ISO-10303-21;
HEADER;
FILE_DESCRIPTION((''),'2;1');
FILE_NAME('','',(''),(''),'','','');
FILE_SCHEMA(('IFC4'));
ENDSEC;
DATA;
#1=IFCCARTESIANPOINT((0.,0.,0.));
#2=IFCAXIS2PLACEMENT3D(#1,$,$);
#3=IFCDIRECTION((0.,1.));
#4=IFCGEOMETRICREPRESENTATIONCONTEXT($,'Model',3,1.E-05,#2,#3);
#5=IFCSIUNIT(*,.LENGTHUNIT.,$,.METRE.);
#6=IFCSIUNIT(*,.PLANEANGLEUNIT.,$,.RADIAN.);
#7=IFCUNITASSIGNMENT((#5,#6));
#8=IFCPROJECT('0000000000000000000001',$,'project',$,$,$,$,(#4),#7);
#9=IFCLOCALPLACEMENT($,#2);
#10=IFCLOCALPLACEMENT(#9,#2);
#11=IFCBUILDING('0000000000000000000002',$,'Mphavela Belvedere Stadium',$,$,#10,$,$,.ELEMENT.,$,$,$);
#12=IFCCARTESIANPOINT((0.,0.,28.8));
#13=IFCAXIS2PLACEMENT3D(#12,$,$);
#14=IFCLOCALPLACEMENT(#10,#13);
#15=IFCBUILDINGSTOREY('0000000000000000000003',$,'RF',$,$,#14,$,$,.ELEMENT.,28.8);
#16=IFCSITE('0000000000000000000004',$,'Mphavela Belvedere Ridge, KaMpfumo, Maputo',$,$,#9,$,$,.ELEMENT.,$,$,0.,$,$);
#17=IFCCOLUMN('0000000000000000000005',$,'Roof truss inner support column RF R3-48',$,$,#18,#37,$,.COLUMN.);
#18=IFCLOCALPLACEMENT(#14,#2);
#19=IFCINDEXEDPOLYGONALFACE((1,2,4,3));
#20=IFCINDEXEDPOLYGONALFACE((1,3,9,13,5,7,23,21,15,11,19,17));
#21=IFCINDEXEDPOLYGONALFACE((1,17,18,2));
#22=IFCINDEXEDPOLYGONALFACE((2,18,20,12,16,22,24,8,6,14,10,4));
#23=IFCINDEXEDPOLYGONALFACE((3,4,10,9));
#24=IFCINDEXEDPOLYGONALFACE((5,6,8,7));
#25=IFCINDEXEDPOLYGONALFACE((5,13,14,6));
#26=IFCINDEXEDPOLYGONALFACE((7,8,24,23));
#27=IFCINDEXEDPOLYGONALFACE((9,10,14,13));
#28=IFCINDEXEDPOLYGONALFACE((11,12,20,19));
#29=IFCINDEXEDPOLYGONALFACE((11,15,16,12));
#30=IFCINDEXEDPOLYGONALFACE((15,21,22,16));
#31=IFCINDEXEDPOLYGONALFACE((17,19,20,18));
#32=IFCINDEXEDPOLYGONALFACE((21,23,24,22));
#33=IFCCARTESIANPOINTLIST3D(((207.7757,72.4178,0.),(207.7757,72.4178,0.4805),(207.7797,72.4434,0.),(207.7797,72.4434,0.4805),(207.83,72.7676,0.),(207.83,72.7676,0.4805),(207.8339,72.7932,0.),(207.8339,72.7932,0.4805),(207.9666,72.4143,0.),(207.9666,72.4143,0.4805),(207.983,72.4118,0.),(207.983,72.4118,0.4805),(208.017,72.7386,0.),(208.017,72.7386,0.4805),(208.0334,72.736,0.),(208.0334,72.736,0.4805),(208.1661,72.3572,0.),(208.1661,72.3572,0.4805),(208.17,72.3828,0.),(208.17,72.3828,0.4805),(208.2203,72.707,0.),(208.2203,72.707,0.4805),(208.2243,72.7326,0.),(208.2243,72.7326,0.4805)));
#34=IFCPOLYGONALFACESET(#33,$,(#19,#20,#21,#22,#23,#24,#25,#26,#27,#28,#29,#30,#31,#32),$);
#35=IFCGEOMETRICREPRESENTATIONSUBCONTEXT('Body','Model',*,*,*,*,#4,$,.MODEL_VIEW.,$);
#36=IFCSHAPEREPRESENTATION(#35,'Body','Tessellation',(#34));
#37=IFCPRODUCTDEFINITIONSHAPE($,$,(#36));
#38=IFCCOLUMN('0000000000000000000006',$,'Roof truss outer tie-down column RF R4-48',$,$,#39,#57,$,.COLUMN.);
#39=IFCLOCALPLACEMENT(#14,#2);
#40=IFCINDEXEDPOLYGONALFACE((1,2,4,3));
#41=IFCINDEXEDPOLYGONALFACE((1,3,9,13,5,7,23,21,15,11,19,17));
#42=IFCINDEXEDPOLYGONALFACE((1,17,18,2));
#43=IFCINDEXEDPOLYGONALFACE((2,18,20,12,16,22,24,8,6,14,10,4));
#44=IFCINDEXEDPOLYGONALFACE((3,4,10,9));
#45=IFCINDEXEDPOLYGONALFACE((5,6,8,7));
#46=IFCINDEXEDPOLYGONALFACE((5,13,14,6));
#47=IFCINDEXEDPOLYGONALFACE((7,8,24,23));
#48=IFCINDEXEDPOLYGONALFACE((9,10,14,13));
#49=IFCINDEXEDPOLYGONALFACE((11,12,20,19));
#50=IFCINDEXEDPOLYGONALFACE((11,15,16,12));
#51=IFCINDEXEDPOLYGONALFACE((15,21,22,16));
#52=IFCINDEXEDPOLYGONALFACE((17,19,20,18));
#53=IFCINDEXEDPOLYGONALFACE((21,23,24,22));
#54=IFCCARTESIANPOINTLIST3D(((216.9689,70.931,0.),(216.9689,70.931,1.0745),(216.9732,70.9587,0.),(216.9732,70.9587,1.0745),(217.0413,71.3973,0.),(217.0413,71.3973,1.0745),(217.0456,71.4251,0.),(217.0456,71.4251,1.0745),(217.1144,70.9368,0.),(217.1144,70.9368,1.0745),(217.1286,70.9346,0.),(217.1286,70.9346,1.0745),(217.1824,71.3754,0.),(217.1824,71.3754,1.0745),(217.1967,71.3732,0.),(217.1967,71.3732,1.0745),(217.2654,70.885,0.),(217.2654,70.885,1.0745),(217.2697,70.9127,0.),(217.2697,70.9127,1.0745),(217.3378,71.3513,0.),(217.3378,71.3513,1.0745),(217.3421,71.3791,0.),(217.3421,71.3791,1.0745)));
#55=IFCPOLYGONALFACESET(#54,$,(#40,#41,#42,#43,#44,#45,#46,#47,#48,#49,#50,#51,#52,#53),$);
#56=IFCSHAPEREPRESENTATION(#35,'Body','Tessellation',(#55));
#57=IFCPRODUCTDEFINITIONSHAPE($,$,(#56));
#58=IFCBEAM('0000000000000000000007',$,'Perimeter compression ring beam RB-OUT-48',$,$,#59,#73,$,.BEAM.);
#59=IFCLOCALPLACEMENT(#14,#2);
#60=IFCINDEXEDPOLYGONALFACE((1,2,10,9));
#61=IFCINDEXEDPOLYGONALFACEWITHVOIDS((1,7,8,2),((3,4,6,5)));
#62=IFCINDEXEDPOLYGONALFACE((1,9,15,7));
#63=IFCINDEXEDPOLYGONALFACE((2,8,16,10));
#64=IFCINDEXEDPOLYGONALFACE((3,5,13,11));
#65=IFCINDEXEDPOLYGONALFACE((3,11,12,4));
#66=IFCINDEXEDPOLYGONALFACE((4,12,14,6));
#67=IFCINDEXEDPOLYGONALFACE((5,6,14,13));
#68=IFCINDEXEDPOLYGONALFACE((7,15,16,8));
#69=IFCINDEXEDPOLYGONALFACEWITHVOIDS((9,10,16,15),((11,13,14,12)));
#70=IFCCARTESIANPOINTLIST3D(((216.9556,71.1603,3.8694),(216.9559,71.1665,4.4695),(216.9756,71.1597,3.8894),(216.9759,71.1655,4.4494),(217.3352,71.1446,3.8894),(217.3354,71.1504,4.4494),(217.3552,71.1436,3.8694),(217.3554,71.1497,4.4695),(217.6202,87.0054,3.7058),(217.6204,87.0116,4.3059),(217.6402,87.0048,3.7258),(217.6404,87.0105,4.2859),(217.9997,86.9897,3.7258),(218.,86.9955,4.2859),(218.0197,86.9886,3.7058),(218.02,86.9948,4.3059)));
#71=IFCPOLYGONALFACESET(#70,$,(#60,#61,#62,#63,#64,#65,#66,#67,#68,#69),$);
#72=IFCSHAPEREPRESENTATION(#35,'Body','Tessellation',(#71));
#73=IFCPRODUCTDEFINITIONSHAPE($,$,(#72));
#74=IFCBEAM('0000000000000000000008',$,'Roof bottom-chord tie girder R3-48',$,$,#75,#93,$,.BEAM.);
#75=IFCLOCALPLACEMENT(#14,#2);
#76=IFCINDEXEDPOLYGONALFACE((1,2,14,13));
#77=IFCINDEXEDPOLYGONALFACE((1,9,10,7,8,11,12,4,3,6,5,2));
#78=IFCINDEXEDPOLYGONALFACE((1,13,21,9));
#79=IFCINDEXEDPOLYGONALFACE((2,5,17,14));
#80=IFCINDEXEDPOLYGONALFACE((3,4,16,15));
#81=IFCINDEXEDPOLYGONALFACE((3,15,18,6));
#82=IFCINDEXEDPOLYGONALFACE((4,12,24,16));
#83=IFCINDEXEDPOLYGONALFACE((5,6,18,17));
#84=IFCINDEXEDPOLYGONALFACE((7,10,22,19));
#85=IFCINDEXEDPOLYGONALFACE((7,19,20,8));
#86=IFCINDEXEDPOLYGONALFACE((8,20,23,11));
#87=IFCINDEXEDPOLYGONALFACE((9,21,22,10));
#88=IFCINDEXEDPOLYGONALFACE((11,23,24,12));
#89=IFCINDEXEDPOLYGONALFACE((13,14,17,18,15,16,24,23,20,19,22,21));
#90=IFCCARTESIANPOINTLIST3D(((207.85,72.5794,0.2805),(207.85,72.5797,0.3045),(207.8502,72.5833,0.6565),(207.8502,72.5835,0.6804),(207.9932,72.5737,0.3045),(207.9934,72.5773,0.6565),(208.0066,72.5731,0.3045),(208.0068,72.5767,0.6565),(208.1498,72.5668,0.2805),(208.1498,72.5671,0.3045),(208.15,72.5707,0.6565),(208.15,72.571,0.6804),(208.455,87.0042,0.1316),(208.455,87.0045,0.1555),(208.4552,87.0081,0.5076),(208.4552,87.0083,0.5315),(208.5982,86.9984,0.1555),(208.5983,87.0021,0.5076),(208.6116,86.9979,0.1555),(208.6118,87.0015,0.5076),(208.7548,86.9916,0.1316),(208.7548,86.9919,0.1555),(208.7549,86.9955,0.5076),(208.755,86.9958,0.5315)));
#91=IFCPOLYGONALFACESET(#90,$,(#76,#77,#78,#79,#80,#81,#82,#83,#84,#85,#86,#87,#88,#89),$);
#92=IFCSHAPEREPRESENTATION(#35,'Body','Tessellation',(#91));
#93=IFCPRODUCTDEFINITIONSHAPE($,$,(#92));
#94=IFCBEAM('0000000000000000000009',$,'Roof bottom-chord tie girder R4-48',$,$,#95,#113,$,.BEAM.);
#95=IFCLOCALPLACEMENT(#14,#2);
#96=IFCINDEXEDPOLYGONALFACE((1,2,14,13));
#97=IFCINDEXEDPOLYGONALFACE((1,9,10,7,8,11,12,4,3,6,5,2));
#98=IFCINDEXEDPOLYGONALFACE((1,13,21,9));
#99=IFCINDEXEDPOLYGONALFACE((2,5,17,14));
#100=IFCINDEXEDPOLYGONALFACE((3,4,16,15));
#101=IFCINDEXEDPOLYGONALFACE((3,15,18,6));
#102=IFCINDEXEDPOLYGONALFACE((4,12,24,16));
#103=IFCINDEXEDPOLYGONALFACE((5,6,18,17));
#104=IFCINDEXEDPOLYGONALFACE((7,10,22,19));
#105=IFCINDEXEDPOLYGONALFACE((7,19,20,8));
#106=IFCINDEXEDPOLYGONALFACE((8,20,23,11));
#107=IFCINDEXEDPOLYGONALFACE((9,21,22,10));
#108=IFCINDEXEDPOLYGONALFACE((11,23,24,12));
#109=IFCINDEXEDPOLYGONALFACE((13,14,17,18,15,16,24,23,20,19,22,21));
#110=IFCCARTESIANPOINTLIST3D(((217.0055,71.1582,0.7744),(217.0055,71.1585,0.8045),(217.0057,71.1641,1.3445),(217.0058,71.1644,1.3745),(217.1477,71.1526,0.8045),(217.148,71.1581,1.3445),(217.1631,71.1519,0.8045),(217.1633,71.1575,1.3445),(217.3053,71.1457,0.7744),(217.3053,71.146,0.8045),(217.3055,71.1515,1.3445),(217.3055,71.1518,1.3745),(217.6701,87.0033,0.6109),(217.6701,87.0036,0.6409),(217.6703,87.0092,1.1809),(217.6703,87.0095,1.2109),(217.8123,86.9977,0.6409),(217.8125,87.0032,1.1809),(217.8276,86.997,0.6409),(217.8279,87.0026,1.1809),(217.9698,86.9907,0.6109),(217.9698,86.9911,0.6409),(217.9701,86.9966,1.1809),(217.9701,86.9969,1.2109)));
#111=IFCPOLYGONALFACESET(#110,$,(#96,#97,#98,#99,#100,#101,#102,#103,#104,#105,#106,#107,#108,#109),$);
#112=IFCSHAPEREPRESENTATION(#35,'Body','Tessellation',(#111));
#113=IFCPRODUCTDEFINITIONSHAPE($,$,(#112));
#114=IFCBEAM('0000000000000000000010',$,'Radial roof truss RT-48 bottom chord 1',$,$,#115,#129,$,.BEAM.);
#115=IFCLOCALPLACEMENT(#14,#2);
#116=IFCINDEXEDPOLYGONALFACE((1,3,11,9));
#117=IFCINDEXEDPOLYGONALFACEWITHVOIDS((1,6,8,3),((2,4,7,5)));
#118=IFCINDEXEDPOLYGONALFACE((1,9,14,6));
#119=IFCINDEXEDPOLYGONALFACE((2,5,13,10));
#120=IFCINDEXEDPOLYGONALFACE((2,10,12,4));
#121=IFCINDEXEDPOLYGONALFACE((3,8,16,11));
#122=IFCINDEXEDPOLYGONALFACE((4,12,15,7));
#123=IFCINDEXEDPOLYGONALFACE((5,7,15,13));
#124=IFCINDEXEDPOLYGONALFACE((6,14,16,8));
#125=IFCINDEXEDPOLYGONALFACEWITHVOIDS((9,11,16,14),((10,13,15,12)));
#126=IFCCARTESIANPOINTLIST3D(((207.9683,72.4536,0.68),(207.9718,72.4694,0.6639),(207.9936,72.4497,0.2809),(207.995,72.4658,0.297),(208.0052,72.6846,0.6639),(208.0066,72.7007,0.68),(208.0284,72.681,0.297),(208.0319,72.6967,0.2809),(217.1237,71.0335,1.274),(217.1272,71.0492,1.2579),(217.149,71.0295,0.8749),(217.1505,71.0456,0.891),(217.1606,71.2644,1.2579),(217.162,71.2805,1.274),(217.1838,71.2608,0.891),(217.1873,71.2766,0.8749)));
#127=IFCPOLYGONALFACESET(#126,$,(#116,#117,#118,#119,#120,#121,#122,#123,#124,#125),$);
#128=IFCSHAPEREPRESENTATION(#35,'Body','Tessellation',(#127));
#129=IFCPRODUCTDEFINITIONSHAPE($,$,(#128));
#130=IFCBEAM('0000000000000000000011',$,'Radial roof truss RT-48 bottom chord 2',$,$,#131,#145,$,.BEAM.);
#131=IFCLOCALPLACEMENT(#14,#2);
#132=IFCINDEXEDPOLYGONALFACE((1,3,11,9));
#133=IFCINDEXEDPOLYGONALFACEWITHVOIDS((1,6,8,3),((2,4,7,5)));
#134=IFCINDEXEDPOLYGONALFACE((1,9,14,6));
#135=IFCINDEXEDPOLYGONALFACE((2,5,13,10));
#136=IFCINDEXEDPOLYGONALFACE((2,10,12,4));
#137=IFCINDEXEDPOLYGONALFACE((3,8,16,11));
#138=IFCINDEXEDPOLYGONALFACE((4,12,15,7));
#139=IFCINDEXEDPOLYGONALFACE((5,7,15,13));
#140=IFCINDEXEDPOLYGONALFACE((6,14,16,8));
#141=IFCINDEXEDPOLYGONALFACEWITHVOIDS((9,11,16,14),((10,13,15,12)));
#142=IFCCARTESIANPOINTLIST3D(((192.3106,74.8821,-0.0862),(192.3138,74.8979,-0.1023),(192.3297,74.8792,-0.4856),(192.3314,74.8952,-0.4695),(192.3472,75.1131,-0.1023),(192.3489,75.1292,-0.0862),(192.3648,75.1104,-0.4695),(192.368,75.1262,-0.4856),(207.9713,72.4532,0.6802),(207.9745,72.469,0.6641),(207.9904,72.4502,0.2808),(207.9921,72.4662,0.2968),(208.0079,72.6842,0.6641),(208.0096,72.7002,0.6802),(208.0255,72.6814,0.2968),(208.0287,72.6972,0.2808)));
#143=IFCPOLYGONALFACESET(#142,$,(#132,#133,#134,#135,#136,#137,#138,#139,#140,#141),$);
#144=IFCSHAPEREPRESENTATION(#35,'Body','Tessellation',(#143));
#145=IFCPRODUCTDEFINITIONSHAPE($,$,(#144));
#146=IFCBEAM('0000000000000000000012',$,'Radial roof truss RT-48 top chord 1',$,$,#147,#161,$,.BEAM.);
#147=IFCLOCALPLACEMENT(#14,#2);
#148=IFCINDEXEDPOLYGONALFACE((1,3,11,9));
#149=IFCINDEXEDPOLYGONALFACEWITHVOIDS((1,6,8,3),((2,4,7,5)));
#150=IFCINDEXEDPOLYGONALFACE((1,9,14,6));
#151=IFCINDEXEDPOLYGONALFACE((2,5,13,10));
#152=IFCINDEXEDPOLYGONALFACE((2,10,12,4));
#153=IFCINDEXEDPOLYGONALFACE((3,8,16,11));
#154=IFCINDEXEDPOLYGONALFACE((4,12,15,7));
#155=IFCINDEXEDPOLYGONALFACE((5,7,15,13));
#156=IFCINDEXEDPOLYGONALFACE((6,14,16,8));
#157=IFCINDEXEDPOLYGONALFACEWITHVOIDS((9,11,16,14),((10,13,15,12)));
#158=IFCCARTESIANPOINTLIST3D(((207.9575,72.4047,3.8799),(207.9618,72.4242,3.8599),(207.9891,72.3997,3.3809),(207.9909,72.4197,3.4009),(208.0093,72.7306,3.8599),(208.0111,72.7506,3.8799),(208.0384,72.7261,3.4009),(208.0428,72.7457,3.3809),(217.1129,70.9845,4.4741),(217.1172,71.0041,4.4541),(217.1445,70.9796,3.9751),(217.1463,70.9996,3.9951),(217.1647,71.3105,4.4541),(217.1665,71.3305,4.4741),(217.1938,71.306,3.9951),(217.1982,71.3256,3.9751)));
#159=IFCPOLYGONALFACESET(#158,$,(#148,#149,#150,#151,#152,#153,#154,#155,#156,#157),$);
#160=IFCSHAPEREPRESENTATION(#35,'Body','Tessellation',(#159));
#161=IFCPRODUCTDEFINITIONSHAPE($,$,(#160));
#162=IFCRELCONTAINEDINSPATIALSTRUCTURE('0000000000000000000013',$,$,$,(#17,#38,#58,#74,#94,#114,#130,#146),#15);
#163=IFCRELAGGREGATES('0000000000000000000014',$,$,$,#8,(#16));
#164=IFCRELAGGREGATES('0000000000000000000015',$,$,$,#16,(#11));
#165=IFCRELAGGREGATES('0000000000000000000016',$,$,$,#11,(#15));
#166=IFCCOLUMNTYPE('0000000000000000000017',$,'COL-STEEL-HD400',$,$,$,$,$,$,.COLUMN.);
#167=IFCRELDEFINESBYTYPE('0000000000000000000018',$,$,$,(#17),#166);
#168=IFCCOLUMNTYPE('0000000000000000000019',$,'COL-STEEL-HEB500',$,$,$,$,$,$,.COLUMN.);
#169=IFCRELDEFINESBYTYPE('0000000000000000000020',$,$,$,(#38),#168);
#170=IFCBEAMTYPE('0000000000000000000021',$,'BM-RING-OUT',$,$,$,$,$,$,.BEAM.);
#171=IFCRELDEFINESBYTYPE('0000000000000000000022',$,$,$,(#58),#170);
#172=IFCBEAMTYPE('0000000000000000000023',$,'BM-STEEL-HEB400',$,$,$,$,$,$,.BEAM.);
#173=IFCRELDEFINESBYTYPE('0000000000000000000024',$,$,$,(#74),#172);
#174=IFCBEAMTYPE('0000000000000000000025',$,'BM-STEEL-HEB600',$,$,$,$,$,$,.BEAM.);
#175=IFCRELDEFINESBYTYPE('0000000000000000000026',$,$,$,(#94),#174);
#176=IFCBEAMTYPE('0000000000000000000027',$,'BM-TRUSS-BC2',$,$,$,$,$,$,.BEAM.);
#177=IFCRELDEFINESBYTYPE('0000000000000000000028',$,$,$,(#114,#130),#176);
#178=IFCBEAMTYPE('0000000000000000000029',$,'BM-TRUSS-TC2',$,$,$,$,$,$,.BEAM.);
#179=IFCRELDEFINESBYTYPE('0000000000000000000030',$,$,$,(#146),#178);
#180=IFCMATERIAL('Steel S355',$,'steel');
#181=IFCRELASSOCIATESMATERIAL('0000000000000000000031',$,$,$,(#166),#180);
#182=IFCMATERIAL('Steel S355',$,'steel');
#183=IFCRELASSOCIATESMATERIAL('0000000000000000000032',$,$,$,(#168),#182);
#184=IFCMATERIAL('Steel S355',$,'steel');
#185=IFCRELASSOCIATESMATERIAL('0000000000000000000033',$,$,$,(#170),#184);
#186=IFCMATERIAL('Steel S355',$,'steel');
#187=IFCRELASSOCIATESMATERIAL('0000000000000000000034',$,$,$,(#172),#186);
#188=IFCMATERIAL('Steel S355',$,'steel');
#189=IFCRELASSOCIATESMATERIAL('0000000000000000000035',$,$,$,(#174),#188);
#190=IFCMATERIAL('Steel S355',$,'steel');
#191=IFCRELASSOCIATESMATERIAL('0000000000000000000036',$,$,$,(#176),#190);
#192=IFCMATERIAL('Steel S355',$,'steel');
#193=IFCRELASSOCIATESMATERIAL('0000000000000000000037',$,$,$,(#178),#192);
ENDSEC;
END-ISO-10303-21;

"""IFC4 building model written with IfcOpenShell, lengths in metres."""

from ifc_helpers import new_model, si_unit, direction, frame, origin, origin_2d, place, context, subcontext, project, spatial, hollow_rectangle, i_section, extrude, material, material_profile, profile_set, type_object, element, save


model = new_model("IFC4")

# Units and contexts
model_context = context("Model", 3, precision=1e-05, world=origin(), true_north=direction((0.0, 1.0)))
body_context = subcontext(model_context, "Body", "Model", "MODEL_VIEW")
ifc_project = project(units=[si_unit("LENGTHUNIT", "METRE"), si_unit("PLANEANGLEUNIT", "RADIAN")], contexts=[model_context])

# Site, building, storey
site_placement = place(None, origin())
site = spatial("IfcSite", under=ifc_project, at=site_placement, Name="Mphavela Belvedere Ridge, KaMpfumo, Maputo", CompositionType="ELEMENT", RefElevation=0.0)
building_placement = place(site_placement, origin())
building = spatial("IfcBuilding", under=site, at=building_placement, Name="Mphavela Belvedere Stadium", CompositionType="ELEMENT")
storey_placement = place(building_placement, frame((0.0, 0.0, 28.8)))
storey = spatial("IfcBuildingStorey", under=building, at=storey_placement, Name="RF", CompositionType="ELEMENT", Elevation=28.8)

# Columns
ifc_material_1 = material(Name="Steel S355", Category="steel")
ifc_material_profile_1 = material_profile(ifc_material_1, i_section(OverallWidth=0.395, OverallDepth=0.3799, WebThickness=0.0166, FlangeThickness=0.0259, at=origin_2d()), Name="HD 400x237")
ifc_profile_set_1 = profile_set([ifc_material_profile_1], Name="Steel S355")
column_type_1 = type_object("IfcColumnType", Name="COL-STEEL-HD400", PredefinedType="COLUMN", material=ifc_profile_set_1)
column_1_placement = place(storey_placement, frame((208.0, 72.5752, 0.0), z_axis=(0.0, 0.0, 1.0), x_axis=(0.988175, -0.153331, 0.0)))
element("IfcColumn", 1, at=column_1_placement, inside=storey, type_object=column_type_1, Name="Roof truss inner support column RF R3-48", PredefinedType="COLUMN", context=body_context, shape_type="SweptSolid", body=[
    extrude(i_section(OverallWidth=0.395, OverallDepth=0.3799, WebThickness=0.0166, FlangeThickness=0.0259, at=origin_2d()), origin(), (0.0, 0.0, 1.0), 0.4805),
])
ifc_material_2 = material(Name="Steel S355", Category="steel")
ifc_material_profile_2 = material_profile(ifc_material_2, i_section(OverallWidth=0.3, OverallDepth=0.5, WebThickness=0.0144, FlangeThickness=0.0281, at=origin_2d()), Name="HEB 500")
ifc_profile_set_2 = profile_set([ifc_material_profile_2], Name="Steel S355")
column_type_2 = type_object("IfcColumnType", Name="COL-STEEL-HEB500", PredefinedType="COLUMN", material=ifc_profile_set_2)
column_2_placement = place(storey_placement, frame((217.1555, 71.155, 0.0), z_axis=(0.0, 0.0, 1.0), x_axis=(0.988175, -0.153331, 0.0)))
element("IfcColumn", 2, at=column_2_placement, inside=storey, type_object=column_type_2, Name="Roof truss outer tie-down column RF R4-48", PredefinedType="COLUMN", context=body_context, shape_type="SweptSolid", body=[
    extrude(i_section(OverallWidth=0.3, OverallDepth=0.5, WebThickness=0.0144, FlangeThickness=0.0281, at=origin_2d()), origin(), (0.0, 0.0, 1.0), 1.0745),
])

# Beams
ifc_material_3 = material(Name="Steel S355", Category="steel")
ifc_material_profile_3 = material_profile(ifc_material_3, hollow_rectangle(XDim=0.3999, YDim=0.6001, WallThickness=0.02, at=origin_2d()), Name="RHS 600x400x20")
ifc_profile_set_3 = profile_set([ifc_material_profile_3], Name="Steel S355")
beam_type_1 = type_object("IfcBeamType", Name="BM-RING-OUT", PredefinedType="BEAM", material=ifc_profile_set_3)
beam_1_placement = place(storey_placement, frame((217.1555, 71.155, 4.1694), z_axis=(0.041902, 0.999069, -0.010314), x_axis=(-0.999122, 0.041904, 0.0)))
element("IfcBeam", 3, at=beam_1_placement, inside=storey, type_object=beam_type_1, Name="Perimeter compression ring beam RB-OUT-48", PredefinedType="BEAM", context=body_context, shape_type="SweptSolid", body=[
    extrude(hollow_rectangle(XDim=0.3999, YDim=0.6001, WallThickness=0.02, at=origin_2d()), origin(), (0.0, 0.0, 1.0), 15.8599),
])
ifc_material_4 = material(Name="Steel S355", Category="steel")
ifc_material_profile_4 = material_profile(ifc_material_4, i_section(OverallWidth=0.3, OverallDepth=0.3999, WebThickness=0.0134, FlangeThickness=0.0239, at=origin_2d()), Name="HEB 400")
ifc_profile_set_4 = profile_set([ifc_material_profile_4], Name="Steel S355")
beam_type_2 = type_object("IfcBeamType", Name="BM-STEEL-HEB400", PredefinedType="BEAM", material=ifc_profile_set_4)
beam_2_placement = place(storey_placement, frame((208.0, 72.5752, 0.4805), z_axis=(0.041901, 0.999069, -0.010315), x_axis=(-0.999122, 0.041903, 0.0)))
element("IfcBeam", 4, at=beam_2_placement, inside=storey, type_object=beam_type_2, Name="Roof bottom-chord tie girder R3-48", PredefinedType="BEAM", context=body_context, shape_type="SweptSolid", body=[
    extrude(i_section(OverallWidth=0.3, OverallDepth=0.3999, WebThickness=0.0134, FlangeThickness=0.0239, at=origin_2d()), origin(), (0.0, 0.0, 1.0), 14.4382),
])
ifc_material_5 = material(Name="Steel S355", Category="steel")
ifc_material_profile_5 = material_profile(ifc_material_5, i_section(OverallWidth=0.3, OverallDepth=0.6001, WebThickness=0.0154, FlangeThickness=0.03, at=origin_2d()), Name="HEB 600")
ifc_profile_set_5 = profile_set([ifc_material_profile_5], Name="Steel S355")
beam_type_3 = type_object("IfcBeamType", Name="BM-STEEL-HEB600", PredefinedType="BEAM", material=ifc_profile_set_5)
beam_3_placement = place(storey_placement, frame((217.1555, 71.155, 1.0745), z_axis=(0.041902, 0.999069, -0.010314), x_axis=(-0.999122, 0.041904, 0.0)))
element("IfcBeam", 5, at=beam_3_placement, inside=storey, type_object=beam_type_3, Name="Roof bottom-chord tie girder R4-48", PredefinedType="BEAM", context=body_context, shape_type="SweptSolid", body=[
    extrude(i_section(OverallWidth=0.3, OverallDepth=0.6001, WebThickness=0.0154, FlangeThickness=0.03, at=origin_2d()), origin(), (0.0, 0.0, 1.0), 15.8599),
])
ifc_material_6 = material(Name="Steel S355", Category="steel")
ifc_material_profile_6 = material_profile(ifc_material_6, hollow_rectangle(XDim=0.25, YDim=0.3999, WallThickness=0.0161, at=origin_2d()), Name="RHS 400x250x16")
ifc_profile_set_6 = profile_set([ifc_material_profile_6], Name="Steel S355")
beam_type_4 = type_object("IfcBeamType", Name="BM-TRUSS-BC2", PredefinedType="BEAM", material=ifc_profile_set_6)
beam_4_placement = place(storey_placement, frame((217.1555, 71.155, 1.0745), z_axis=(-0.986158, 0.152969, -0.06398), x_axis=(-0.153283, -0.988182, 0.0)))
element("IfcBeam", 6, at=beam_4_placement, inside=storey, type_object=beam_type_4, Name="Radial roof truss RT-48 bottom chord 1", PredefinedType="BEAM", context=body_context, shape_type="SweptSolid", body=[
    extrude(hollow_rectangle(XDim=0.25, YDim=0.3999, WallThickness=0.0161, at=origin_2d()), origin(), (0.0, 0.0, 1.0), 9.2839),
])
beam_5_placement = place(storey_placement, frame((208.0, 72.5752, 0.4805), z_axis=(-0.987031, 0.153088, -0.048301), x_axis=(-0.153267, -0.988185, 0.0)))
element("IfcBeam", 7, at=beam_5_placement, inside=storey, type_object=beam_type_4, Name="Radial roof truss RT-48 bottom chord 2", PredefinedType="BEAM", context=body_context, shape_type="SweptSolid", body=[
    extrude(hollow_rectangle(XDim=0.25, YDim=0.3999, WallThickness=0.0161, at=origin_2d()), origin(), (0.0, 0.0, 1.0), 15.8665),
])
ifc_material_7 = material(Name="Steel S355", Category="steel")
ifc_material_profile_7 = material_profile(ifc_material_7, hollow_rectangle(XDim=0.3501, YDim=0.5, WallThickness=0.02, at=origin_2d()), Name="RHS 500x350x20")
ifc_profile_set_7 = profile_set([ifc_material_profile_7], Name="Steel S355")
beam_type_5 = type_object("IfcBeamType", Name="BM-TRUSS-TC2", PredefinedType="BEAM", material=ifc_profile_set_7)
beam_6_placement = place(storey_placement, frame((217.1555, 71.155, 4.2246), z_axis=(-0.986156, 0.152968, -0.064006), x_axis=(-0.153283, -0.988182, 0.0)))
element("IfcBeam", 8, at=beam_6_placement, inside=storey, type_object=beam_type_5, Name="Radial roof truss RT-48 top chord 1", PredefinedType="BEAM", context=body_context, shape_type="SweptSolid", body=[
    extrude(hollow_rectangle(XDim=0.3501, YDim=0.5, WallThickness=0.02, at=origin_2d()), origin(), (0.0, 0.0, 1.0), 9.2839),
])

save(model, "model.ifc")
